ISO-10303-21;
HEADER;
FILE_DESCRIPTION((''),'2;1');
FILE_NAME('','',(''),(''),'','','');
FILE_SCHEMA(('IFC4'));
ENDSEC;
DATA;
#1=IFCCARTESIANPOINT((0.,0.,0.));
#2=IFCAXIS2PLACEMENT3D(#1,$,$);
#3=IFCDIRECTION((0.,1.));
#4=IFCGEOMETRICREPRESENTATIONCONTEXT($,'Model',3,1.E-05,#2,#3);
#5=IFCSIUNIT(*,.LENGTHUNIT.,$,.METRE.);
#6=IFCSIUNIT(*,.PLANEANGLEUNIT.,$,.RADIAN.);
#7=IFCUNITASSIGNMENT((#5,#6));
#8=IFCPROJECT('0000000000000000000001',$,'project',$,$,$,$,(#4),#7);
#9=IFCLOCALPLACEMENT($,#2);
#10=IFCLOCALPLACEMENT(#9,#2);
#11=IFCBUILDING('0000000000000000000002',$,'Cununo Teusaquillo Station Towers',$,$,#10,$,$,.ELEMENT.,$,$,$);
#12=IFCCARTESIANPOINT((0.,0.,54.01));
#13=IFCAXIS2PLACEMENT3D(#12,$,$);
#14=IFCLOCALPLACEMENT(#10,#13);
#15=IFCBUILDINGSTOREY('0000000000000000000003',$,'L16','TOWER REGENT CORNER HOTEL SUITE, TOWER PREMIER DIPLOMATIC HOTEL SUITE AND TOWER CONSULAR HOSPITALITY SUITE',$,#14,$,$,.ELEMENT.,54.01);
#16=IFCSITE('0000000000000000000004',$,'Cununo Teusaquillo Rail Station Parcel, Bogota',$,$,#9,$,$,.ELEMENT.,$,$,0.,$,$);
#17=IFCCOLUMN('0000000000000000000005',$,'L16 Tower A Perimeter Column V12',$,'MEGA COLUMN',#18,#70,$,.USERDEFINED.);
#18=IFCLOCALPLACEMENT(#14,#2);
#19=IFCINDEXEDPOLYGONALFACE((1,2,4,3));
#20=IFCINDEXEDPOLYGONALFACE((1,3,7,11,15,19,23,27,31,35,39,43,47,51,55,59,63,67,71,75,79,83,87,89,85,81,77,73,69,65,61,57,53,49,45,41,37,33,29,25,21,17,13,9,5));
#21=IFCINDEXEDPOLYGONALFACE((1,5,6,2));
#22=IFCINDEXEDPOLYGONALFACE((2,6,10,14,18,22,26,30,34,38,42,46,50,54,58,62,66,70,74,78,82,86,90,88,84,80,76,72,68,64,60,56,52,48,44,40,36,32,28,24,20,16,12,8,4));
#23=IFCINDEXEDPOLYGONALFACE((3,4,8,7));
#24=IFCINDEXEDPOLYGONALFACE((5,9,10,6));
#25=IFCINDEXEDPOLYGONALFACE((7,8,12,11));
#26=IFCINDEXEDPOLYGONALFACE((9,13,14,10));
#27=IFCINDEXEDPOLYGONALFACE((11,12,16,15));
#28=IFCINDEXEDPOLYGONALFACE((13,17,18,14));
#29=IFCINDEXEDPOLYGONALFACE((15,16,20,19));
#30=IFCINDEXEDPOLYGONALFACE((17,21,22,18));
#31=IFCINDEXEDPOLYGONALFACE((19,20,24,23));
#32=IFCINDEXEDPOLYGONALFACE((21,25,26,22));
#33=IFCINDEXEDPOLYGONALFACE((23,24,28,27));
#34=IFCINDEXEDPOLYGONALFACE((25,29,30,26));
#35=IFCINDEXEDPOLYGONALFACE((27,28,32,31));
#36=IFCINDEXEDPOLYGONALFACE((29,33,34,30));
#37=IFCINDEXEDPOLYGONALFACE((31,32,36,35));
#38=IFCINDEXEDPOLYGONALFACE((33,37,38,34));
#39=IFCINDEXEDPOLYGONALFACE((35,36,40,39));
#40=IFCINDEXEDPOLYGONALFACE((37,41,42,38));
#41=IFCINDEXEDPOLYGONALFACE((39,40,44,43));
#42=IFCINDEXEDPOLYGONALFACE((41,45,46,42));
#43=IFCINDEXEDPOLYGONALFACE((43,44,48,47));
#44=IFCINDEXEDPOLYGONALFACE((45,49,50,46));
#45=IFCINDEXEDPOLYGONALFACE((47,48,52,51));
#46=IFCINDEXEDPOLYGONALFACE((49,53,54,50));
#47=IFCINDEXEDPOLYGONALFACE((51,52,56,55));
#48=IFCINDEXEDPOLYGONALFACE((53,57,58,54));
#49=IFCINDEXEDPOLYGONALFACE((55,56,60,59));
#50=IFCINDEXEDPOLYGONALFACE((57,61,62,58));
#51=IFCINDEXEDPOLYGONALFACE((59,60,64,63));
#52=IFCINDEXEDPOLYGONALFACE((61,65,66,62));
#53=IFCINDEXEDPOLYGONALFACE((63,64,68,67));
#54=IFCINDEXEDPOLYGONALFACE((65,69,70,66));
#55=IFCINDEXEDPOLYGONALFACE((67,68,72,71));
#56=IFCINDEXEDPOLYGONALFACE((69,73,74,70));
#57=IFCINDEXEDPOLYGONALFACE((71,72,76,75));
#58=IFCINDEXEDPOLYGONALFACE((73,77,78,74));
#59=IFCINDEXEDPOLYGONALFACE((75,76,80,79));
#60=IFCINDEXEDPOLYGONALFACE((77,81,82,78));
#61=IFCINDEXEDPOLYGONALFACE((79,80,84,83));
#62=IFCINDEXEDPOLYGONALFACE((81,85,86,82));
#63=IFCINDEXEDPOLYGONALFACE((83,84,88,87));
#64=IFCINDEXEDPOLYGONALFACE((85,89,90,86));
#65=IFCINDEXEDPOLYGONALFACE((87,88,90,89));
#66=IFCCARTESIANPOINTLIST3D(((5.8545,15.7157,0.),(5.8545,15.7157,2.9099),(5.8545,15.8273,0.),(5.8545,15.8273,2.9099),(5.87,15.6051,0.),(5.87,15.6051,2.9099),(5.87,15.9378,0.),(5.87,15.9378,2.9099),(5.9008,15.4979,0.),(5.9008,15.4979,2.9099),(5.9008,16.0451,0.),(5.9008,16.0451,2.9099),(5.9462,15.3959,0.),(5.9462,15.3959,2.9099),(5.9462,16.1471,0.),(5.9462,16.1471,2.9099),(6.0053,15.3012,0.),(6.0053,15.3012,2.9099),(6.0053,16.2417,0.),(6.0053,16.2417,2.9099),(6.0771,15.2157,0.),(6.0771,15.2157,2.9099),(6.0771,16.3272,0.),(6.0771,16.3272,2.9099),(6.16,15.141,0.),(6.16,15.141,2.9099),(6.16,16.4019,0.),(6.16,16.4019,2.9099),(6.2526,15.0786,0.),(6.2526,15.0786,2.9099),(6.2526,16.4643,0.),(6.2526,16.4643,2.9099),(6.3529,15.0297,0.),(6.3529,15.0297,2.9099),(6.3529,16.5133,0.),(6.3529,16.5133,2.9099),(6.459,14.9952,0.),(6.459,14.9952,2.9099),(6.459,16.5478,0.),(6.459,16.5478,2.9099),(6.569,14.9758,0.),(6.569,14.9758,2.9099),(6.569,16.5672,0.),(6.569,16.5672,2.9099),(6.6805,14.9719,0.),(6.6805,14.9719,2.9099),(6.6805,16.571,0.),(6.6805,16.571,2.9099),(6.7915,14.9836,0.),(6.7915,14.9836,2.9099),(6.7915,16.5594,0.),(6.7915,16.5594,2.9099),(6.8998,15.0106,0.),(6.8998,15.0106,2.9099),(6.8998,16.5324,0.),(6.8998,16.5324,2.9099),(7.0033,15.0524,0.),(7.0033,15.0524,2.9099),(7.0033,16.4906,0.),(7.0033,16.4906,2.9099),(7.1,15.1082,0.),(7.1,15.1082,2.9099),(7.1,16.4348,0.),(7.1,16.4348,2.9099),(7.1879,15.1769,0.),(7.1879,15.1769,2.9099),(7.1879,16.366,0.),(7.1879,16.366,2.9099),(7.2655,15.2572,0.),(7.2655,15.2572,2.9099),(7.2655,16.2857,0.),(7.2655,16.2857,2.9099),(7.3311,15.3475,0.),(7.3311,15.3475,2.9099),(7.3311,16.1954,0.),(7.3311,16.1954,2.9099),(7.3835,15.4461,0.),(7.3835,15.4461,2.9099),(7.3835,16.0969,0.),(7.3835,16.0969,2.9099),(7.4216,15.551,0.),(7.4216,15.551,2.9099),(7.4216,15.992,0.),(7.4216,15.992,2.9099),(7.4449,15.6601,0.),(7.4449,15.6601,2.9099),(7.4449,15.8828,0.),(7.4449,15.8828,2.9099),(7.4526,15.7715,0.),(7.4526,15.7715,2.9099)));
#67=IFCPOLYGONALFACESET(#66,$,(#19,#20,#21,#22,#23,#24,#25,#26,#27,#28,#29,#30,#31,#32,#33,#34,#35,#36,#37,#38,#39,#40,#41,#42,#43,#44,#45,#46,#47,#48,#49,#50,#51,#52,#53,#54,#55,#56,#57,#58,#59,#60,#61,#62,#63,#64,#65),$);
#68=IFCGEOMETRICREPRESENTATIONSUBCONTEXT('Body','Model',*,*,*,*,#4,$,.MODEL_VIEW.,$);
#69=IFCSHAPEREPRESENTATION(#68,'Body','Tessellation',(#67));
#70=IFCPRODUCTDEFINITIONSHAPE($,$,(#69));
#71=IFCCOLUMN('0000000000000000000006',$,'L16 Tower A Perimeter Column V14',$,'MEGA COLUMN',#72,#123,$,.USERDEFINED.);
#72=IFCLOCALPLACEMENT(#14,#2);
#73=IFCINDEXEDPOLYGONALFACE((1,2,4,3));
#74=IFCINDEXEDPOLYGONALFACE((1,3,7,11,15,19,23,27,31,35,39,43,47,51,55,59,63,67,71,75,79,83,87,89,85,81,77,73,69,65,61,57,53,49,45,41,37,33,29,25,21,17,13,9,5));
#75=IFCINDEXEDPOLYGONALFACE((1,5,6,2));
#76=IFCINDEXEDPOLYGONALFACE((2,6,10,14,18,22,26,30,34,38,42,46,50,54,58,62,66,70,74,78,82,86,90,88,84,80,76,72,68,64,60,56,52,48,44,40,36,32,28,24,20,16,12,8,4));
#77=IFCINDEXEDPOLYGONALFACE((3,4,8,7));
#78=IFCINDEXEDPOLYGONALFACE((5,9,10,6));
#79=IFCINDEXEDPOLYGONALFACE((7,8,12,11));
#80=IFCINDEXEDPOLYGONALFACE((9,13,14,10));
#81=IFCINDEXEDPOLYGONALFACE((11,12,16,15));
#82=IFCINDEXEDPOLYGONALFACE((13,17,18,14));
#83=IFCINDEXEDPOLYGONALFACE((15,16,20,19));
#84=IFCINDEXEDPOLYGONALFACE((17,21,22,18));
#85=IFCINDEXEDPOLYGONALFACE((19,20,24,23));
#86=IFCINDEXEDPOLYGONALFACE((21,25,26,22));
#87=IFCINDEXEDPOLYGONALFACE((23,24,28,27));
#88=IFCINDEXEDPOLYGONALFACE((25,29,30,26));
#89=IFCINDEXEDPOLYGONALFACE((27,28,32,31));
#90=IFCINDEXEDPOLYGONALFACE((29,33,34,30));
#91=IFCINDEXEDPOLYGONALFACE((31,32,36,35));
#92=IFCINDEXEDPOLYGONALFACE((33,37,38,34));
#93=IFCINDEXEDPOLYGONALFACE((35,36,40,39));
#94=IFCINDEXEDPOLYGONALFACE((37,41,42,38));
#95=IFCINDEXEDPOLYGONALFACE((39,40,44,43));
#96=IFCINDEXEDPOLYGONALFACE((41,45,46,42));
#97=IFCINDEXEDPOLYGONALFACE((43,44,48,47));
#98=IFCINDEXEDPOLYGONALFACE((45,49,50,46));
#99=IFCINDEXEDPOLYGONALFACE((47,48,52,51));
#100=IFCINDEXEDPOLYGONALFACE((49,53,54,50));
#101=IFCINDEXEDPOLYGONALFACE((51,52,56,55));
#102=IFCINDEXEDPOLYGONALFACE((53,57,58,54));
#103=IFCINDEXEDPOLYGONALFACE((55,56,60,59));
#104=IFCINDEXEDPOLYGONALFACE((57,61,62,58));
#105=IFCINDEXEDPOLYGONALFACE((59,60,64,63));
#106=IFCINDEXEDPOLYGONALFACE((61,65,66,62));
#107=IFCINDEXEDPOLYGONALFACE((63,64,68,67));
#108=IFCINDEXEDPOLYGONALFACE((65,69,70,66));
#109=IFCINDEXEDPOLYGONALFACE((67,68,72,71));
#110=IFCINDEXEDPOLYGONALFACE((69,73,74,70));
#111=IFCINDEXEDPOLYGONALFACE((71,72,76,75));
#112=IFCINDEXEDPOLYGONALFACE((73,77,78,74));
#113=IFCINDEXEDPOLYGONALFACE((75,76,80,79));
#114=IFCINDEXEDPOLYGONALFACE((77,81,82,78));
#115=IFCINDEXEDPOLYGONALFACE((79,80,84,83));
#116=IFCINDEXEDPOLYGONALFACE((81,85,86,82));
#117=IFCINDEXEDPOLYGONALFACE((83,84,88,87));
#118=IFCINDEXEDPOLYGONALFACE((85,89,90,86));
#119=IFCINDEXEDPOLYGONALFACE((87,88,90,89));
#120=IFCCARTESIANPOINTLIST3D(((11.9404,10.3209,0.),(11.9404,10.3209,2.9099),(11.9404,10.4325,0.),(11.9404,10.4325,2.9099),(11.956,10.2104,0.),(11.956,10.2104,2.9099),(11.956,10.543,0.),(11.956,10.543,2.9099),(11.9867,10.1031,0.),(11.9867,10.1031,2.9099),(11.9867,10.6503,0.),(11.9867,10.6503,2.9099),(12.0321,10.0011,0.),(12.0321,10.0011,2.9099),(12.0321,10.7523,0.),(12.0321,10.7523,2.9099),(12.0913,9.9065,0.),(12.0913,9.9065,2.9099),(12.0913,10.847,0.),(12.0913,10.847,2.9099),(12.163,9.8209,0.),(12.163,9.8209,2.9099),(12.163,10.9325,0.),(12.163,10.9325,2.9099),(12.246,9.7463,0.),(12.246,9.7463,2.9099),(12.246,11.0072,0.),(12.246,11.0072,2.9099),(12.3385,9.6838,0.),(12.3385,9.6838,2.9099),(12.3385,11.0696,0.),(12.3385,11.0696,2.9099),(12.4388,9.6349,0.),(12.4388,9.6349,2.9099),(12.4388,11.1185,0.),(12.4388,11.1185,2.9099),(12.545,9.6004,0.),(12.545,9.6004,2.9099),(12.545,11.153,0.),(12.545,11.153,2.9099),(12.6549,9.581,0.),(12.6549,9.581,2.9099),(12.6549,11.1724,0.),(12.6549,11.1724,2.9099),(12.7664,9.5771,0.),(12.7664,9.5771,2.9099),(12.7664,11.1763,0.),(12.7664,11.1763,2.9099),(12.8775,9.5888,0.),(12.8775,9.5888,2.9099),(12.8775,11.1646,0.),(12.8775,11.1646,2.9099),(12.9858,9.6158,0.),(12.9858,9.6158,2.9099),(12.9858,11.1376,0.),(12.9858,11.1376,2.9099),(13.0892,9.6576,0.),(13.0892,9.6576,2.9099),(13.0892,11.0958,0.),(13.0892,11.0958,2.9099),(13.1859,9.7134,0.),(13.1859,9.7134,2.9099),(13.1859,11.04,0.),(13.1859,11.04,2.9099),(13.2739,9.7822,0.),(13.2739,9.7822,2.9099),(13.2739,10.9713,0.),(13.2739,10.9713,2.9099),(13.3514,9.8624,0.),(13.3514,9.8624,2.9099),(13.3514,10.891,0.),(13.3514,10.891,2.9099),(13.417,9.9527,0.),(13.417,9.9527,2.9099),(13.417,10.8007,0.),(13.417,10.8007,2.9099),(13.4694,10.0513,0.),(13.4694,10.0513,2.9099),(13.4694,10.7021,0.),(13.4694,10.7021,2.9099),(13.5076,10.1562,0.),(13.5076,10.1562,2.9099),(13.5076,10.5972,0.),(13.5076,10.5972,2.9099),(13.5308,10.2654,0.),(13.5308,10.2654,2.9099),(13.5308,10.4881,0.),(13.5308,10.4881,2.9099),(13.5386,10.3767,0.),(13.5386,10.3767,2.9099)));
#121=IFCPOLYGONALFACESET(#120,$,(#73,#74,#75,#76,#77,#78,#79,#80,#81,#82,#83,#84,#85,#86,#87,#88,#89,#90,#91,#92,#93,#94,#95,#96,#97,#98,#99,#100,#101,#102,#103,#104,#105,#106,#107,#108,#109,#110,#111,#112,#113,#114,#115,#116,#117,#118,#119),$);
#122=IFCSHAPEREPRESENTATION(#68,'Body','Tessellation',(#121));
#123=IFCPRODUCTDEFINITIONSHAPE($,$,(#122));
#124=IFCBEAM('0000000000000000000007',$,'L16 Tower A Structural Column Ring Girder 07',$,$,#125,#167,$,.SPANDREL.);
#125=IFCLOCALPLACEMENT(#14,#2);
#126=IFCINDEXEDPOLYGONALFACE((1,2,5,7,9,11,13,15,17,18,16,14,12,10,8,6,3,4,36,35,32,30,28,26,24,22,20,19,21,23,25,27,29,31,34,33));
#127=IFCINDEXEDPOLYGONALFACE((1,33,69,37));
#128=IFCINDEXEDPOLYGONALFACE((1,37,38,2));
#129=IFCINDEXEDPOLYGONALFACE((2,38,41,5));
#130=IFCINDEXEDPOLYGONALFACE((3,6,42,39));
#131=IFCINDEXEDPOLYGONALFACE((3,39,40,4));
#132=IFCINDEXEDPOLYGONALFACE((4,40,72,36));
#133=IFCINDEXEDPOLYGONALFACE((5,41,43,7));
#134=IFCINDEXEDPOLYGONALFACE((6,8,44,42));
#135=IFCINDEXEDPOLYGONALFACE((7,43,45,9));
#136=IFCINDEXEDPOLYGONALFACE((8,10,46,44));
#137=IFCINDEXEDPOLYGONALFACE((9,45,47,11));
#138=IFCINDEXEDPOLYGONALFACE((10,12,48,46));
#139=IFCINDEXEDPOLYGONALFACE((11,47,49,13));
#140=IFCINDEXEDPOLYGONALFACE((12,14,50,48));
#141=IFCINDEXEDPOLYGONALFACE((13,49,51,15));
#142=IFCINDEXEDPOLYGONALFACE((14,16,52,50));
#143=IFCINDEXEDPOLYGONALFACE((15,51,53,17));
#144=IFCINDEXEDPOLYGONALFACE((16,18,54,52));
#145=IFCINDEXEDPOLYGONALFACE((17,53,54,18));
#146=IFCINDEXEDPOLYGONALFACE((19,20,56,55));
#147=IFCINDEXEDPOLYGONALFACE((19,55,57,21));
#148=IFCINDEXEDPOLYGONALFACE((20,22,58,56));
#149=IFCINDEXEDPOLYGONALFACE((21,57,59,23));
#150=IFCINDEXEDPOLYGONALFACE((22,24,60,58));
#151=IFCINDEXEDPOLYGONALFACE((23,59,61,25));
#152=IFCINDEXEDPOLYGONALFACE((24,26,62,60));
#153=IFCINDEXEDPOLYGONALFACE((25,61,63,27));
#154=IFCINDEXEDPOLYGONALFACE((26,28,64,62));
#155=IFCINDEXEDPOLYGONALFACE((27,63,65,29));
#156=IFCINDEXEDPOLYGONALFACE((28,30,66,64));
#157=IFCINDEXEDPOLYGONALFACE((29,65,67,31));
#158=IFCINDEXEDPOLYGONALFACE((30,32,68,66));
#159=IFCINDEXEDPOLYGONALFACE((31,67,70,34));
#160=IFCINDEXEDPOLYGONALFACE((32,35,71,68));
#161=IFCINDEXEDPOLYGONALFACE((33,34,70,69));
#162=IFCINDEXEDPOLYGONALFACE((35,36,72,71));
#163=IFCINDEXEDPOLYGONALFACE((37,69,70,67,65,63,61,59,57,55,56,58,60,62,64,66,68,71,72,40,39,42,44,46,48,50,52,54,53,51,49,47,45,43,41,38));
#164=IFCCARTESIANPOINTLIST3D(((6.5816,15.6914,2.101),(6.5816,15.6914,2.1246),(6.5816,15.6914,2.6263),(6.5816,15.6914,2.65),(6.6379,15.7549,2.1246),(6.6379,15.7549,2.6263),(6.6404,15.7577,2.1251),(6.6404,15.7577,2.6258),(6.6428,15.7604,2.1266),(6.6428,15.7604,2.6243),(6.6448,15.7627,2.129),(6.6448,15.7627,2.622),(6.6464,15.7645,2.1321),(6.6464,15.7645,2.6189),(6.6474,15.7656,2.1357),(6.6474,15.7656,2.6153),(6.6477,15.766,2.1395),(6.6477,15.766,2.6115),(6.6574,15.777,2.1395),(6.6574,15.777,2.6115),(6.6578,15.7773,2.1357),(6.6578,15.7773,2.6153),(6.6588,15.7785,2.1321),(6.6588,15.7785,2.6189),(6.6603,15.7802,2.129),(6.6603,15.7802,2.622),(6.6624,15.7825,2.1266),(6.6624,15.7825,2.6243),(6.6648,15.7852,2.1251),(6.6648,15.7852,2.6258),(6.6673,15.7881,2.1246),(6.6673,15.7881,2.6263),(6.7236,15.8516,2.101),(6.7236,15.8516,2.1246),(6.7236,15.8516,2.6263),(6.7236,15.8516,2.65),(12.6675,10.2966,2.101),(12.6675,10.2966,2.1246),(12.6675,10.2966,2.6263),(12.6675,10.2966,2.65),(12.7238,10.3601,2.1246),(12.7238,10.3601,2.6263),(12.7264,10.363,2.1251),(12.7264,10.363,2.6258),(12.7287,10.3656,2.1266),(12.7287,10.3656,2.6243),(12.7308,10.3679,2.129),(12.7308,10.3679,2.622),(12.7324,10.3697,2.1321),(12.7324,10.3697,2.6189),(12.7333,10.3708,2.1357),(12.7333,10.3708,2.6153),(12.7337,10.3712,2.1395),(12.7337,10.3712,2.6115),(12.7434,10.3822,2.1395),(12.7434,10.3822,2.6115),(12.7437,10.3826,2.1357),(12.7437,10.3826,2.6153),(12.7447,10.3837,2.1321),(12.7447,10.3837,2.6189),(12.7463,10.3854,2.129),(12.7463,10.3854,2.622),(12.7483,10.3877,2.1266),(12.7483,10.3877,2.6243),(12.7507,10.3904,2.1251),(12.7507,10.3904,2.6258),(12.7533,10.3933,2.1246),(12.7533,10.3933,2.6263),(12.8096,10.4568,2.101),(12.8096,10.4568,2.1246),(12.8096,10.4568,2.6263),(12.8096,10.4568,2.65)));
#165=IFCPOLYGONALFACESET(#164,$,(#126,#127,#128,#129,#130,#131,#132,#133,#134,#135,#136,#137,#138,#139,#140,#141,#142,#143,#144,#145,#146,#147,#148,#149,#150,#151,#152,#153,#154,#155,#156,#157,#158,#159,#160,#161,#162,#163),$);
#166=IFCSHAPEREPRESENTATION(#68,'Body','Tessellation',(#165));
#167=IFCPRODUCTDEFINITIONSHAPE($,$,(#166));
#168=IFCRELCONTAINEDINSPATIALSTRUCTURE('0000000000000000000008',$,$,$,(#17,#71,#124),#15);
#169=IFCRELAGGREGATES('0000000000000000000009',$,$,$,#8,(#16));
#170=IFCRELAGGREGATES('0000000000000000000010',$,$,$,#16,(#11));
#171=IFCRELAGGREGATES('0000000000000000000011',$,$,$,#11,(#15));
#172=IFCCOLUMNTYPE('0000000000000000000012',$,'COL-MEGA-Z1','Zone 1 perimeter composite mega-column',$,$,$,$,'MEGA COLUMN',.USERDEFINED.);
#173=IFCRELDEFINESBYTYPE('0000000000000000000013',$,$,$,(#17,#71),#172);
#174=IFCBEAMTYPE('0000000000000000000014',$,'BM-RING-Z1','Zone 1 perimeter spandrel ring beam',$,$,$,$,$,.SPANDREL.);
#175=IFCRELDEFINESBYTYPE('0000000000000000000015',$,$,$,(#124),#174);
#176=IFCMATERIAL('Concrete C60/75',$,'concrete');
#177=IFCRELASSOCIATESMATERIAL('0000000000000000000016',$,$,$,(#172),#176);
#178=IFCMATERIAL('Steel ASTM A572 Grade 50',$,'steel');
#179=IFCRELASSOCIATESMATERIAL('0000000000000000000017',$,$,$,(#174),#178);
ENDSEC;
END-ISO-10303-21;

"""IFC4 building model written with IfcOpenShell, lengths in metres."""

from ifc_helpers import new_model, si_unit, direction, frame, origin, origin_2d, place, context, subcontext, project, spatial, circle, i_section, extrude, material, material_profile, profile_set, type_object, element, save


model = new_model("IFC4")

# Units and contexts
model_context = context("Model", 3, precision=1e-05, world=origin(), true_north=direction((0.0, 1.0)))
body_context = subcontext(model_context, "Body", "Model", "MODEL_VIEW")
ifc_project = project(units=[si_unit("LENGTHUNIT", "METRE"), si_unit("PLANEANGLEUNIT", "RADIAN")], contexts=[model_context])

# Site, building, storey
site_placement = place(None, origin())
site = spatial("IfcSite", under=ifc_project, at=site_placement, Name="Cununo Teusaquillo Rail Station Parcel, Bogota", CompositionType="ELEMENT", RefElevation=0.0)
building_placement = place(site_placement, origin())
building = spatial("IfcBuilding", under=site, at=building_placement, Name="Cununo Teusaquillo Station Towers", CompositionType="ELEMENT")
storey_placement = place(building_placement, frame((0.0, 0.0, 54.01)))
storey = spatial("IfcBuildingStorey", under=building, at=storey_placement, Name="L16", Description="TOWER REGENT CORNER HOTEL SUITE, TOWER PREMIER DIPLOMATIC HOTEL SUITE AND TOWER CONSULAR HOSPITALITY SUITE", CompositionType="ELEMENT", Elevation=54.01)

# Columns
ifc_material_1 = material(Name="Concrete C60/75", Category="concrete")
ifc_material_profile_1 = material_profile(ifc_material_1, circle(Radius=0.8, at=origin_2d()), Name="RC-CIRC-1600")
ifc_profile_set_1 = profile_set([ifc_material_profile_1], Name="Concrete C60/75")
column_type = type_object("IfcColumnType", Name="COL-MEGA-Z1", Description="Zone 1 perimeter composite mega-column", ElementType="MEGA COLUMN", PredefinedType="USERDEFINED", material=ifc_profile_set_1)
for number, where, z_axis, x_axis, name in (
    (1, (6.6526, 15.7715, 0.0), (0.0, 0.0, 1.0), (1.0, 0.0, 0.0), "L16 Tower A Perimeter Column V12"),
    (2, (12.7385, 10.3767, 0.0), (0.0, 0.0, 1.0), (1.0, 0.0, 0.0), "L16 Tower A Perimeter Column V14"),
):
    element("IfcColumn", number, at=place(storey_placement, frame(where, z_axis=z_axis, x_axis=x_axis)), inside=storey, type_object=column_type, Name=name, ObjectType="MEGA COLUMN", PredefinedType="USERDEFINED", context=body_context, shape_type="SweptSolid", body=[
        extrude(circle(Radius=0.8, at=origin_2d()), origin(), (0.0, 0.0, 1.0), 2.9099),
    ])

# Beam
ifc_material_2 = material(Name="Steel ASTM A572 Grade 50", Category="steel")
ifc_material_profile_2 = material_profile(ifc_material_2, i_section(OverallWidth=0.2141, OverallDepth=0.5491, WebThickness=0.0146, FlangeThickness=0.0237, FilletRadius=0.0149, at=origin_2d()), Name="W21X93")
ifc_profile_set_2 = profile_set([ifc_material_profile_2], Name="Steel ASTM A572 Grade 50")
beam_type = type_object("IfcBeamType", Name="BM-RING-Z1", Description="Zone 1 perimeter spandrel ring beam", PredefinedType="SPANDREL", material=ifc_profile_set_2)
beam_1_placement = place(storey_placement, frame((6.6526, 15.7715, 2.3755), z_axis=(0.748321, -0.663337, 0.0), x_axis=(0.663337, 0.748321, 0.0)))
element("IfcBeam", 3, at=beam_1_placement, inside=storey, type_object=beam_type, Name="L16 Tower A Structural Column Ring Girder 07", PredefinedType="SPANDREL", context=body_context, shape_type="SweptSolid", body=[
    extrude(i_section(OverallWidth=0.2141, OverallDepth=0.5491, WebThickness=0.0146, FlangeThickness=0.0237, FilletRadius=0.0149, at=origin_2d()), origin(), (0.0, 0.0, 1.0), 8.1328),
])

save(model, "model.ifc")
